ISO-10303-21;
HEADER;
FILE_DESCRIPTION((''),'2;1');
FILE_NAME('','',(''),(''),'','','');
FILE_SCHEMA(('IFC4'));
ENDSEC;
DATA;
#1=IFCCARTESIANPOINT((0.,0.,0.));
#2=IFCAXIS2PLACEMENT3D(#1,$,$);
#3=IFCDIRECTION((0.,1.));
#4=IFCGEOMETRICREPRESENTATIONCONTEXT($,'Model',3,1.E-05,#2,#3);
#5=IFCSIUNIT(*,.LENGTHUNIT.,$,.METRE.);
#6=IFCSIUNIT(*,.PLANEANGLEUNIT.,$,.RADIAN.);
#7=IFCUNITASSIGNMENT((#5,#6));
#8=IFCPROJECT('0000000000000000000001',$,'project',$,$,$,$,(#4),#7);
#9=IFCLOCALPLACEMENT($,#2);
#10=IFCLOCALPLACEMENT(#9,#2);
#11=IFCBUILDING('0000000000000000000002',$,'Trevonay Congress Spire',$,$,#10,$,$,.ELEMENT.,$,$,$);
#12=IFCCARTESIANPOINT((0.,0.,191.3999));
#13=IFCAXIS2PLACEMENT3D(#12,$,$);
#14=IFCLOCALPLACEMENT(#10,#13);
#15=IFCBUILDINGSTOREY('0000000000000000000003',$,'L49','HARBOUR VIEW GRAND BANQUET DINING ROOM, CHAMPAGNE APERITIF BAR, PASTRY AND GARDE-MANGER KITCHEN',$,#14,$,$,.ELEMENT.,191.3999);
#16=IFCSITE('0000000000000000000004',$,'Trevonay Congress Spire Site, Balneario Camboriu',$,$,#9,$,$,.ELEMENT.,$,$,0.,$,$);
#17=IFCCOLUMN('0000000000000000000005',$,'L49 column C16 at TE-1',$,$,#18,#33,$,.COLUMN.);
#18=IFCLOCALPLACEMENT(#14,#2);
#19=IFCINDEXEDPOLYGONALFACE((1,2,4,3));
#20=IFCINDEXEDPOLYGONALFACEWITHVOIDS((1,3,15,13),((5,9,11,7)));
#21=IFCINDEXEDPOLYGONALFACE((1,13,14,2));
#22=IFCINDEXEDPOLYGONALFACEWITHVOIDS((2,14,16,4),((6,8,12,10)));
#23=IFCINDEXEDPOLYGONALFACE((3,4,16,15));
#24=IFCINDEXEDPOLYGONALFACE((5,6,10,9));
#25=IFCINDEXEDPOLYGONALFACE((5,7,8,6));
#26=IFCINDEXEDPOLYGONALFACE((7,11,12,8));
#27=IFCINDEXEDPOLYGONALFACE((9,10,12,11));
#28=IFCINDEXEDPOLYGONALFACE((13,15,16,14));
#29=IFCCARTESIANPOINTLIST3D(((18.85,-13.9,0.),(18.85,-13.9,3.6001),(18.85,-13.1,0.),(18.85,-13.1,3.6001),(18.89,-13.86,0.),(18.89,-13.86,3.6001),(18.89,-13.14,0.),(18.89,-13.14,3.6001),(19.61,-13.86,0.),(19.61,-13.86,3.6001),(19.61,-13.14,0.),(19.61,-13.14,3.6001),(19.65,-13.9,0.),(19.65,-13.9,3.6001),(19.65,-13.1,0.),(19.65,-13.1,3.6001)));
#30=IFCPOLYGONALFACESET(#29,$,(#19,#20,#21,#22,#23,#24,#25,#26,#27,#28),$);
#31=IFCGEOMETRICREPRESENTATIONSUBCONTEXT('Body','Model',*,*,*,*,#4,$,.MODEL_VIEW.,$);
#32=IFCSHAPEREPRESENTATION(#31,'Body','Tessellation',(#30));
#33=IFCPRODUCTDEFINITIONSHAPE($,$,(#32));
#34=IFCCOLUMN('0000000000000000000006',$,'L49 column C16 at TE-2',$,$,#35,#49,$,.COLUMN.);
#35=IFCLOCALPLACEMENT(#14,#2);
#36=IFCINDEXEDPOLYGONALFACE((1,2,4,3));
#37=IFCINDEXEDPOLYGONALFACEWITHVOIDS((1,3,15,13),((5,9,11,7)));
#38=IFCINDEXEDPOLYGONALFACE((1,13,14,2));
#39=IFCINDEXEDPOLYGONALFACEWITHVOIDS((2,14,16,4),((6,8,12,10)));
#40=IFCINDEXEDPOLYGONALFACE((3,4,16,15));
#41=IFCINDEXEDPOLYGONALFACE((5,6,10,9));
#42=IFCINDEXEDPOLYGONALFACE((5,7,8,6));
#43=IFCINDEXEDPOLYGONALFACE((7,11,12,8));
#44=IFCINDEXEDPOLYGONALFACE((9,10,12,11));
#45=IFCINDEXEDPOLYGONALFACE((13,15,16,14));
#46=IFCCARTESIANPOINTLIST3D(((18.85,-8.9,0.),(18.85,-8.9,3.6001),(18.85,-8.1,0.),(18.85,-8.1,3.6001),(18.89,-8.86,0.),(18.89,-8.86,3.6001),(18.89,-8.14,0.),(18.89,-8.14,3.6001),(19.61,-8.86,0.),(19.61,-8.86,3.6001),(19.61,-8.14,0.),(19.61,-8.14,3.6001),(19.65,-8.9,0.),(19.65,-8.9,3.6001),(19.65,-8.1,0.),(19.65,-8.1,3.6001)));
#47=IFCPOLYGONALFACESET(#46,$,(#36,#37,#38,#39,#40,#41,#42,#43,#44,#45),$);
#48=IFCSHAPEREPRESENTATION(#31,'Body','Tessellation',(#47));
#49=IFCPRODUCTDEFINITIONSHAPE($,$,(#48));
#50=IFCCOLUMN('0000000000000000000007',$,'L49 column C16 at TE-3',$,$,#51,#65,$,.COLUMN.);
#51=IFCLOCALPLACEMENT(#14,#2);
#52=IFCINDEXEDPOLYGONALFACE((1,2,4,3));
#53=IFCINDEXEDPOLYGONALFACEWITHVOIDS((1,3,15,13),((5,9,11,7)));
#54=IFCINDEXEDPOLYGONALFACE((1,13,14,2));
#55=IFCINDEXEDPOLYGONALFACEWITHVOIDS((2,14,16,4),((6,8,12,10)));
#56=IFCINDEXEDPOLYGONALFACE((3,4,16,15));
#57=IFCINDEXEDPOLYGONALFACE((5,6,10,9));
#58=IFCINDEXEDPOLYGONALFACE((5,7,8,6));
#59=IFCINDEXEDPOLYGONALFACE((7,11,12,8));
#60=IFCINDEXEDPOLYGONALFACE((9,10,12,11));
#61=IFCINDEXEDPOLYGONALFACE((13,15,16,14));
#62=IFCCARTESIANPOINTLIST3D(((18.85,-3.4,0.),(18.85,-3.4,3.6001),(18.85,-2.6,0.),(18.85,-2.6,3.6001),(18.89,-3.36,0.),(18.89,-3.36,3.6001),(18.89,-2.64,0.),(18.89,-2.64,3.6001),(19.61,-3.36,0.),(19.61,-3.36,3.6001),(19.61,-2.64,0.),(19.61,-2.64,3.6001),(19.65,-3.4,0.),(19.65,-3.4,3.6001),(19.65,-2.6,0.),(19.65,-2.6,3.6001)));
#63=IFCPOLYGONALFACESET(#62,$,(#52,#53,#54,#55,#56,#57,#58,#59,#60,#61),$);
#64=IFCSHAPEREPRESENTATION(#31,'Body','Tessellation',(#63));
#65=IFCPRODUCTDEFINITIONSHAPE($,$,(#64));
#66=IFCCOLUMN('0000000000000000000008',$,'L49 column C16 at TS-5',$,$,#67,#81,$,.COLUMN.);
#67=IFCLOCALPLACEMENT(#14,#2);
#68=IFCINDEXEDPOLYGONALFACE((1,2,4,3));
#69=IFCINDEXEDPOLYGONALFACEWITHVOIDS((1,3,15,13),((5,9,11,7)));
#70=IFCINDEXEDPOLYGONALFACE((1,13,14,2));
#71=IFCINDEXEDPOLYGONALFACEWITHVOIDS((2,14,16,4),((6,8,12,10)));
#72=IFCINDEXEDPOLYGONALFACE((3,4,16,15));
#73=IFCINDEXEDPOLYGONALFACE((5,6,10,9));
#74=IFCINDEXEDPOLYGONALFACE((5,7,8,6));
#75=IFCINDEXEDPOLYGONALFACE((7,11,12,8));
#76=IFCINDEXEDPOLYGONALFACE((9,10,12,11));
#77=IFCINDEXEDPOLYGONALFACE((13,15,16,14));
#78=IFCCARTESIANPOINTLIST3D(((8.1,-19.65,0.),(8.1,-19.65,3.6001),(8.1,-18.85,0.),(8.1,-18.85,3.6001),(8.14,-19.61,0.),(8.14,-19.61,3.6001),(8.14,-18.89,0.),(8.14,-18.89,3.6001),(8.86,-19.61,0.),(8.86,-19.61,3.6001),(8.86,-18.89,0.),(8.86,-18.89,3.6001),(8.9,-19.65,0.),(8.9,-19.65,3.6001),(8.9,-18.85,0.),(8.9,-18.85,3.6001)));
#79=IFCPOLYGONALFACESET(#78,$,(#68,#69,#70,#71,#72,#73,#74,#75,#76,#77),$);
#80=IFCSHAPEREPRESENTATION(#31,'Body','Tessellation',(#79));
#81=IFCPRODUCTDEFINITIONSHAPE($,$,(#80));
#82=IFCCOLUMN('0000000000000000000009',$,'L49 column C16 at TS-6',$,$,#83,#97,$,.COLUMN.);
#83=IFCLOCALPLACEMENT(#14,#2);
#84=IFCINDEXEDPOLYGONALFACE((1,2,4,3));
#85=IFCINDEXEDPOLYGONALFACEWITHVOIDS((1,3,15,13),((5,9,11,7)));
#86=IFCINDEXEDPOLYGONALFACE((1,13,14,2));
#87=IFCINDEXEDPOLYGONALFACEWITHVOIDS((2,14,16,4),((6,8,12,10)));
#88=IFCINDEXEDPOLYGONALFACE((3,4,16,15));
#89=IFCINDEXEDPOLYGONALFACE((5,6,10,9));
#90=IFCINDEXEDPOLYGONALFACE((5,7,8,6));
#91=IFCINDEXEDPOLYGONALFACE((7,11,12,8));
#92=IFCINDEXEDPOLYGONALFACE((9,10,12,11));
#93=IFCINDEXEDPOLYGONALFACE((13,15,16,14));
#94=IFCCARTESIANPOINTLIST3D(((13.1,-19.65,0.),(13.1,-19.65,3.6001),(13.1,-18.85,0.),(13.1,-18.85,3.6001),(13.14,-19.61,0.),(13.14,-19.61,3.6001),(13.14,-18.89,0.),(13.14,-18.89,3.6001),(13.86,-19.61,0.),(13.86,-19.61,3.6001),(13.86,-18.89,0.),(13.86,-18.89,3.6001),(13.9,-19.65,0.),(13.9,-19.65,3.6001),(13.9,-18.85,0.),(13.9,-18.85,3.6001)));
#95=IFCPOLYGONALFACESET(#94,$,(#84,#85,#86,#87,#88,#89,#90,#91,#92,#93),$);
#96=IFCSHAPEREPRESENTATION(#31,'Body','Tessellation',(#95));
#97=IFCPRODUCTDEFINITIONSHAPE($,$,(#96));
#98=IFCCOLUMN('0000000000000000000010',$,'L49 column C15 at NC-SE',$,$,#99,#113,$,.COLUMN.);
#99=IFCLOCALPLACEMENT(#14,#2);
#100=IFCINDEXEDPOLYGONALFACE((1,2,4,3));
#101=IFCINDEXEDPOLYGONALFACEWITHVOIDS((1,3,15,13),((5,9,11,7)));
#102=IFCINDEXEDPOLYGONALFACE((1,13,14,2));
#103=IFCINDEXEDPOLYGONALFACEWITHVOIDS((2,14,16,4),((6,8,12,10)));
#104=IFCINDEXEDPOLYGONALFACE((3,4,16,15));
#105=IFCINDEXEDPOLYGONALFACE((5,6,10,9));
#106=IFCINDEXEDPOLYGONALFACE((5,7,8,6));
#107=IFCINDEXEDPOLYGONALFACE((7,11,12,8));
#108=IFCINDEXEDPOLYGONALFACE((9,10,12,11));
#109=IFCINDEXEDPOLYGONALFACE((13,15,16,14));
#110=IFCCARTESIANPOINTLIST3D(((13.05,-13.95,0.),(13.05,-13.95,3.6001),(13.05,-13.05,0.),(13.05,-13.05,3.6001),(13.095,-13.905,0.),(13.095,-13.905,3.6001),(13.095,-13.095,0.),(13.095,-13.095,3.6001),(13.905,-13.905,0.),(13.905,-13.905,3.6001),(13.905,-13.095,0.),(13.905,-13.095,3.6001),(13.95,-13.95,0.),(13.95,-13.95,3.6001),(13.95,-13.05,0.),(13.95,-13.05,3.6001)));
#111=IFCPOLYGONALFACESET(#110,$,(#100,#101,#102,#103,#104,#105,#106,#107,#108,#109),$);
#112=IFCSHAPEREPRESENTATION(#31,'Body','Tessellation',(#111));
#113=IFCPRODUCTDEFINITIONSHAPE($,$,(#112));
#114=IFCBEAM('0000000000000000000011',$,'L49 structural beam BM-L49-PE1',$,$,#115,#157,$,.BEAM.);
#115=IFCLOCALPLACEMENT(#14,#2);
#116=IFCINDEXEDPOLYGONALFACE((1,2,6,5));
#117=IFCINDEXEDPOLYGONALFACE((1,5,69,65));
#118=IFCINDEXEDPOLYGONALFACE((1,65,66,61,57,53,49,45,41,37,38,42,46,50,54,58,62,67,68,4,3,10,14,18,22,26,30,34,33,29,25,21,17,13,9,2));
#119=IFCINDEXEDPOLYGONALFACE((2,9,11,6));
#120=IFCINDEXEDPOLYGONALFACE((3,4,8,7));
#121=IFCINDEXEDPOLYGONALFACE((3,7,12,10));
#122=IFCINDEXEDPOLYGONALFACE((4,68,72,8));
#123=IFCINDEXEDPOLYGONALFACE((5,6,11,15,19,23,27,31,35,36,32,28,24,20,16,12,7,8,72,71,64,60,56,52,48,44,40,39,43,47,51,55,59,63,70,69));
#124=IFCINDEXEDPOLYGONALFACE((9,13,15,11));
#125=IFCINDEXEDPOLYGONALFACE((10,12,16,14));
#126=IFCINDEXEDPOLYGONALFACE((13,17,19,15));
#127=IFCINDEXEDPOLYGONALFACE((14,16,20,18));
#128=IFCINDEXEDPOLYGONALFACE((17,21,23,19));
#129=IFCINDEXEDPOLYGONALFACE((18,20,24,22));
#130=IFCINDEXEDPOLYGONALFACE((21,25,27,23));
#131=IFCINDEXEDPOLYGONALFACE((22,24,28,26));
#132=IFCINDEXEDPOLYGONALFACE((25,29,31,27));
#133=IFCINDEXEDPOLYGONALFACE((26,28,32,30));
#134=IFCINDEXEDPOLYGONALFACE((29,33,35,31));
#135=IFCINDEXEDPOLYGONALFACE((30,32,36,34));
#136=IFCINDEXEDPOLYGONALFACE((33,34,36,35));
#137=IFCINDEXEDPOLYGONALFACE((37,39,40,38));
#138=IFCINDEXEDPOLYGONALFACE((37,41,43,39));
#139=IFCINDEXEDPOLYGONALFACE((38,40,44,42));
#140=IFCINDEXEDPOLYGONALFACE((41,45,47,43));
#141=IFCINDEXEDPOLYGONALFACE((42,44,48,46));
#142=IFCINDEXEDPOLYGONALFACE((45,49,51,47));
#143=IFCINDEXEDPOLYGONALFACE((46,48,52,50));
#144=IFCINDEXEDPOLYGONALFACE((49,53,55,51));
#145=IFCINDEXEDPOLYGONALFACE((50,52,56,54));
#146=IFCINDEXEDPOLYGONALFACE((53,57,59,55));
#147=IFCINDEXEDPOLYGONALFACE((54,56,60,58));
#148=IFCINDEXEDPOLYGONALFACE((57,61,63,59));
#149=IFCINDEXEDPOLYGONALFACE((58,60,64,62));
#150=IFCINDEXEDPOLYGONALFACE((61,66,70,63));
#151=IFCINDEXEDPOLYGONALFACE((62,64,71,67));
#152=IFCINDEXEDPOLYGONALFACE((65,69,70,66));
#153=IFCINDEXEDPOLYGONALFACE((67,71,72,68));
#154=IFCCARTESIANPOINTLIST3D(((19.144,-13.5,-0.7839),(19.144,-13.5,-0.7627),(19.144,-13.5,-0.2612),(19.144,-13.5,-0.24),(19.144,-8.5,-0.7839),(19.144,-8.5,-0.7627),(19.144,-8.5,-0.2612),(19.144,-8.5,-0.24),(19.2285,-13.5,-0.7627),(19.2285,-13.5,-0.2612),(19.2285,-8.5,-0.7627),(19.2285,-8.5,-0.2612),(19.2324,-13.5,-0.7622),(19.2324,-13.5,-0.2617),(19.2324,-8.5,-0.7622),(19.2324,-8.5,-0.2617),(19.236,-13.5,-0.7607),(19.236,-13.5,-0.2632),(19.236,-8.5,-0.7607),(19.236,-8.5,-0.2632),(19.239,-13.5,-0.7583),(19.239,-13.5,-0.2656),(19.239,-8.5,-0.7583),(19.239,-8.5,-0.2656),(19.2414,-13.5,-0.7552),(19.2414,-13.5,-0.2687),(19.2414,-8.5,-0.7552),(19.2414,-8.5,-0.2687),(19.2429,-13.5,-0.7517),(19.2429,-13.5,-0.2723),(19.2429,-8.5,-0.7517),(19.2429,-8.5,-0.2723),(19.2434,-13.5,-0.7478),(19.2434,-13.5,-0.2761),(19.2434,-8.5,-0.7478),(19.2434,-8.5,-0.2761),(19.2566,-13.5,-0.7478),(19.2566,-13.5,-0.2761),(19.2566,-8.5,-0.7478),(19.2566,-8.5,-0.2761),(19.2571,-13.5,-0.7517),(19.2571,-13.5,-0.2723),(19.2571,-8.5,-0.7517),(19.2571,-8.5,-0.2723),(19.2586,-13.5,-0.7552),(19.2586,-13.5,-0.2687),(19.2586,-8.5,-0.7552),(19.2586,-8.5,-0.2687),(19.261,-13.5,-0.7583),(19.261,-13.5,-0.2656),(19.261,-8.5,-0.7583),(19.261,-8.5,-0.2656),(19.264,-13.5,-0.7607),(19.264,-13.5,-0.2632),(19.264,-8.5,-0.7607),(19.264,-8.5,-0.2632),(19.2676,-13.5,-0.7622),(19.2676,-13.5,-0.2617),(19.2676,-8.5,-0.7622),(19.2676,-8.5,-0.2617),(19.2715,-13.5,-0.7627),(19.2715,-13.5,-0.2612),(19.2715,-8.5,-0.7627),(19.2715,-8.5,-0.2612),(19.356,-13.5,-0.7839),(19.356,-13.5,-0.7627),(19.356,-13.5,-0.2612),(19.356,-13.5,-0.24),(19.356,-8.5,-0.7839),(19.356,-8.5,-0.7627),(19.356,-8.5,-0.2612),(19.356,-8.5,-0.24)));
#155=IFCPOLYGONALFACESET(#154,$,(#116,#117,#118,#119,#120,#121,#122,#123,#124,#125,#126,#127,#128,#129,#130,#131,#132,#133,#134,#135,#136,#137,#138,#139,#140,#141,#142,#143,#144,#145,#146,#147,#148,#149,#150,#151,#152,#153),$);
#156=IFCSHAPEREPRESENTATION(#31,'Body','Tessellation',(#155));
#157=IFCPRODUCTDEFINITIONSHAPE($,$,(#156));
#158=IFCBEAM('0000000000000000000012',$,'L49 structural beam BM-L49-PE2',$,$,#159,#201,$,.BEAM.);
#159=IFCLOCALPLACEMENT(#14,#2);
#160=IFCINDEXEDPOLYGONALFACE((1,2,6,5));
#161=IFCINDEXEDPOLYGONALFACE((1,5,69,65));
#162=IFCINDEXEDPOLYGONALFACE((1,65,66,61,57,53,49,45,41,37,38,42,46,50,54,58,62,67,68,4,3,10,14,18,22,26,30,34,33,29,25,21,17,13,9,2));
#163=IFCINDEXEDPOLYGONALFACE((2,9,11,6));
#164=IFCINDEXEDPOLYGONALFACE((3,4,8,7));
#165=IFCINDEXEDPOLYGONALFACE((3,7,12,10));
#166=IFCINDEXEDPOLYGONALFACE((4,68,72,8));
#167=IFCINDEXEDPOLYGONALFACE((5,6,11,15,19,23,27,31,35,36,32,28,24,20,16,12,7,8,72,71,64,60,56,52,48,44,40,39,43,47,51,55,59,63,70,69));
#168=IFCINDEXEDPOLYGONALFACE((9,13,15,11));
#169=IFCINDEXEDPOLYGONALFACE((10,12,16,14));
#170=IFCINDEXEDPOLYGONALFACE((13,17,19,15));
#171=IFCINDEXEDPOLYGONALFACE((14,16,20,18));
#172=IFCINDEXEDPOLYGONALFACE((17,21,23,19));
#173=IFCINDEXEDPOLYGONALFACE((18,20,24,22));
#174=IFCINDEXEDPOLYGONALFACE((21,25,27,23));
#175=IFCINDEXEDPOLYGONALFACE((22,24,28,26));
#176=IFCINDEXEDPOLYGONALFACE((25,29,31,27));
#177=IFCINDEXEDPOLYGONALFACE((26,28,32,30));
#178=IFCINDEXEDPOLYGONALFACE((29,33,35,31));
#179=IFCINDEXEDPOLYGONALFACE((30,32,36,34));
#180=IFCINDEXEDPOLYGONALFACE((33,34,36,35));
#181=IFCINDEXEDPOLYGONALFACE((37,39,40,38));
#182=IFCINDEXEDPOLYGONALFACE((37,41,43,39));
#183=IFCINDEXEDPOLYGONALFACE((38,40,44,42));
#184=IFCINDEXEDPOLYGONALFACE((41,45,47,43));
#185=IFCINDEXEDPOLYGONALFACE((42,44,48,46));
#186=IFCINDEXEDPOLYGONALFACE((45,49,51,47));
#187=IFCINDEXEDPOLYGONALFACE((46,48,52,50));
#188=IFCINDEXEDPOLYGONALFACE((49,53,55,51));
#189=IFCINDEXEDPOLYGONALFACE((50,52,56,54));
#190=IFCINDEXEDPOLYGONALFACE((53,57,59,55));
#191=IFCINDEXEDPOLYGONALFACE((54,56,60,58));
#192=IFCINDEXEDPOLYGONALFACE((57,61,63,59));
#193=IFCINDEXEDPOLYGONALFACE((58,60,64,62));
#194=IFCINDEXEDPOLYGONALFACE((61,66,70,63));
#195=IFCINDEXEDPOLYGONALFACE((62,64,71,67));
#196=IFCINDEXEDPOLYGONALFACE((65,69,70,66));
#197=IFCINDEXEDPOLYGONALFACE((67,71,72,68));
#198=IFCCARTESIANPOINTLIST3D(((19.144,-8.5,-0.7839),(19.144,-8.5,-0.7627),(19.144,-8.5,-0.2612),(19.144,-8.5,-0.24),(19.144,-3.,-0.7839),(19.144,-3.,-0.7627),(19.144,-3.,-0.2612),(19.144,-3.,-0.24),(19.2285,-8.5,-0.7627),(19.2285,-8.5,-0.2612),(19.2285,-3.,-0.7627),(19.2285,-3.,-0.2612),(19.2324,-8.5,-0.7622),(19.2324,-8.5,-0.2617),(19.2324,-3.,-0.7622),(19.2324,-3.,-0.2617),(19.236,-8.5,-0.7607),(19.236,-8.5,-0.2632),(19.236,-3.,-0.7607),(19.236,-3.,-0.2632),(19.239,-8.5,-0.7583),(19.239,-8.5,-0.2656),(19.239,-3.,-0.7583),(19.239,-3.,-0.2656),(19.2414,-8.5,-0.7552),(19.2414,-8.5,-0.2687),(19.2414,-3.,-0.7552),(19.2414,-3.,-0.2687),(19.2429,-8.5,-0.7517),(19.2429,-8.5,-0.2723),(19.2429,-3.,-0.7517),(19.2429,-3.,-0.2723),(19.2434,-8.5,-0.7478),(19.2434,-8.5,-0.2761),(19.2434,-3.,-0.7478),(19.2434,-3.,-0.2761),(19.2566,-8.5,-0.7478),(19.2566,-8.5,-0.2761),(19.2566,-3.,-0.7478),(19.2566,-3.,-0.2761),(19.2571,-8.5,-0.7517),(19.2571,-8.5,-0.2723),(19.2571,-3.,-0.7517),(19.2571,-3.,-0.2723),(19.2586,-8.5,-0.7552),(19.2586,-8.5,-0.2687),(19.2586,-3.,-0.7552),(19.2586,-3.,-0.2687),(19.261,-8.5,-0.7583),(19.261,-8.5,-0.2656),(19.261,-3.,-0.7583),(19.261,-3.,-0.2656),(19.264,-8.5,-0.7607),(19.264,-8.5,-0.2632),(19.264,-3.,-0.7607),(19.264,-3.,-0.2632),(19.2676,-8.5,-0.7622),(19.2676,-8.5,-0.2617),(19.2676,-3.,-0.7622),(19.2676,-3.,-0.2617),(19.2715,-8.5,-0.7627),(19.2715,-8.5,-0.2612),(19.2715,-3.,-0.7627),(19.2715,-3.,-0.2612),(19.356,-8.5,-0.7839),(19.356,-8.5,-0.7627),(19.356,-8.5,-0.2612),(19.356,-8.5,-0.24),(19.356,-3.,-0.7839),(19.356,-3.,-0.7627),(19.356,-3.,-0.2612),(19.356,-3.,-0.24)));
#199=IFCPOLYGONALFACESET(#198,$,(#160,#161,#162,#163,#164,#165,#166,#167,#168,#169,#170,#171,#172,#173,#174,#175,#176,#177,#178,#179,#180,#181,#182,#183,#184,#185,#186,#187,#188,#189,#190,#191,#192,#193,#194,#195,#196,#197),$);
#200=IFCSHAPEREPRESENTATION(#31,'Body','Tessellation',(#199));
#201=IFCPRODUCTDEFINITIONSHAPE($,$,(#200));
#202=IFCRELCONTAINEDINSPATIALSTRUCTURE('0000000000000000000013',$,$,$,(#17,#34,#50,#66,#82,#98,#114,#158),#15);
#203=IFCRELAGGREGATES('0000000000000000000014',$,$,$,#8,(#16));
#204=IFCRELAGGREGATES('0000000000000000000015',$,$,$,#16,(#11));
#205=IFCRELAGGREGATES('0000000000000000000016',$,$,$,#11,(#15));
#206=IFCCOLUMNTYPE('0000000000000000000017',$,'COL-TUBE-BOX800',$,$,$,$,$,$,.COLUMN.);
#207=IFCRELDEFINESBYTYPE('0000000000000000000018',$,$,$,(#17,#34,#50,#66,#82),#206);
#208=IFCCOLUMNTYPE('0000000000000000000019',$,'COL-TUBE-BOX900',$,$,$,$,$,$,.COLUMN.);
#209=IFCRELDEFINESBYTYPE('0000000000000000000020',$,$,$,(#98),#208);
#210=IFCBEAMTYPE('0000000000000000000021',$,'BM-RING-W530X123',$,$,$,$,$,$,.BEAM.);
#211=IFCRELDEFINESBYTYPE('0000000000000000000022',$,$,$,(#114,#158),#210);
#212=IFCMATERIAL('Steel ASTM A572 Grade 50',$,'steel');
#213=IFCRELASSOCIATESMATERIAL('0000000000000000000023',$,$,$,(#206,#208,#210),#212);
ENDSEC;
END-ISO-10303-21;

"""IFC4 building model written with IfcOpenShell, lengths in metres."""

from ifc_helpers import new_model, si_unit, direction, frame, origin, origin_2d, place, context, subcontext, project, spatial, hollow_rectangle, i_section, extrude, material, material_profile, profile_set, type_object, element, save


model = new_model("IFC4")

# Units and contexts
model_context = context("Model", 3, precision=1e-05, world=origin(), true_north=direction((0.0, 1.0)))
body_context = subcontext(model_context, "Body", "Model", "MODEL_VIEW")
ifc_project = project(units=[si_unit("LENGTHUNIT", "METRE"), si_unit("PLANEANGLEUNIT", "RADIAN")], contexts=[model_context])

# Site, building, storey
site_placement = place(None, origin())
site = spatial("IfcSite", under=ifc_project, at=site_placement, Name="Trevonay Congress Spire Site, Balneario Camboriu", CompositionType="ELEMENT", RefElevation=0.0)
building_placement = place(site_placement, origin())
building = spatial("IfcBuilding", under=site, at=building_placement, Name="Trevonay Congress Spire", CompositionType="ELEMENT")
storey_placement = place(building_placement, frame((0.0, 0.0, 191.3999)))
storey = spatial("IfcBuildingStorey", under=building, at=storey_placement, Name="L49", Description="HARBOUR VIEW GRAND BANQUET DINING ROOM, CHAMPAGNE APERITIF BAR, PASTRY AND GARDE-MANGER KITCHEN", CompositionType="ELEMENT", Elevation=191.3999)

# Columns
ifc_material_1 = material(Name="Steel ASTM A572 Grade 50", Category="steel")
ifc_material_profile_1 = material_profile(ifc_material_1, hollow_rectangle(XDim=0.8, YDim=0.8, WallThickness=0.04, at=origin_2d()), Name="BOX 800x800x40")
ifc_profile_set_1 = profile_set([ifc_material_profile_1], Name="Steel ASTM A572 Grade 50")
column_type_1 = type_object("IfcColumnType", Name="COL-TUBE-BOX800", PredefinedType="COLUMN", material=ifc_profile_set_1)
for number, where, z_axis, x_axis, name in (
    (1, (19.25, -13.5, 0.0), (0.0, 0.0, 1.0), (1.0, 0.0, 0.0), "L49 column C16 at TE-1"),
    (2, (19.25, -8.5, 0.0), (0.0, 0.0, 1.0), (1.0, 0.0, 0.0), "L49 column C16 at TE-2"),
    (3, (19.25, -3.0, 0.0), (0.0, 0.0, 1.0), (1.0, 0.0, 0.0), "L49 column C16 at TE-3"),
    (4, (8.5, -19.25, 0.0), (0.0, 0.0, 1.0), (1.0, 0.0, 0.0), "L49 column C16 at TS-5"),
    (5, (13.5, -19.25, 0.0), (0.0, 0.0, 1.0), (1.0, 0.0, 0.0), "L49 column C16 at TS-6"),
):
    element("IfcColumn", number, at=place(storey_placement, frame(where, z_axis=z_axis, x_axis=x_axis)), inside=storey, type_object=column_type_1, Name=name, PredefinedType="COLUMN", context=body_context, shape_type="SweptSolid", body=[
        extrude(hollow_rectangle(XDim=0.8, YDim=0.8, WallThickness=0.04, at=origin_2d()), origin(), (0.0, 0.0, 1.0), 3.6001),
    ])
ifc_material_profile_2 = material_profile(ifc_material_1, hollow_rectangle(XDim=0.8999, YDim=0.8999, WallThickness=0.0449, at=origin_2d()), Name="BOX 900x900x45")
ifc_profile_set_2 = profile_set([ifc_material_profile_2], Name="Steel ASTM A572 Grade 50")
column_type_2 = type_object("IfcColumnType", Name="COL-TUBE-BOX900", PredefinedType="COLUMN", material=ifc_profile_set_2)
column_placement = place(storey_placement, frame((13.5, -13.5, 0.0), z_axis=(0.0, 0.0, 1.0), x_axis=(1.0, 0.0, 0.0)))
element("IfcColumn", 6, at=column_placement, inside=storey, type_object=column_type_2, Name="L49 column C15 at NC-SE", PredefinedType="COLUMN", context=body_context, shape_type="SweptSolid", body=[
    extrude(hollow_rectangle(XDim=0.8999, YDim=0.8999, WallThickness=0.0449, at=origin_2d()), origin(), (0.0, 0.0, 1.0), 3.6001),
])

# Beams
ifc_material_profile_3 = material_profile(ifc_material_1, i_section(OverallWidth=0.2119, OverallDepth=0.5439, WebThickness=0.0132, FlangeThickness=0.0212, FilletRadius=0.0149, at=origin_2d()), Name="W530x123")
ifc_profile_set_3 = profile_set([ifc_material_profile_3], Name="Steel ASTM A572 Grade 50")
beam_type_1 = type_object("IfcBeamType", Name="BM-RING-W530X123", PredefinedType="BEAM", material=ifc_profile_set_3)
beam_1_placement = place(storey_placement, frame((19.25, -13.5, -0.512), z_axis=(0.0, 1.0, 0.0), x_axis=(-1.0, 0.0, 0.0)))
element("IfcBeam", 7, at=beam_1_placement, inside=storey, type_object=beam_type_1, Name="L49 structural beam BM-L49-PE1", PredefinedType="BEAM", context=body_context, shape_type="SweptSolid", body=[
    extrude(i_section(OverallWidth=0.2119, OverallDepth=0.5439, WebThickness=0.0132, FlangeThickness=0.0212, FilletRadius=0.0149, at=origin_2d()), origin(), (0.0, 0.0, 1.0), 5.0),
])
beam_2_placement = place(storey_placement, frame((19.25, -8.5, -0.512), z_axis=(0.0, 1.0, 0.0), x_axis=(-1.0, 0.0, 0.0)))
element("IfcBeam", 8, at=beam_2_placement, inside=storey, type_object=beam_type_1, Name="L49 structural beam BM-L49-PE2", PredefinedType="BEAM", context=body_context, shape_type="SweptSolid", body=[
    extrude(i_section(OverallWidth=0.2119, OverallDepth=0.5439, WebThickness=0.0132, FlangeThickness=0.0212, FilletRadius=0.0149, at=origin_2d()), origin(), (0.0, 0.0, 1.0), 5.5),
])

save(model, "model.ifc")
